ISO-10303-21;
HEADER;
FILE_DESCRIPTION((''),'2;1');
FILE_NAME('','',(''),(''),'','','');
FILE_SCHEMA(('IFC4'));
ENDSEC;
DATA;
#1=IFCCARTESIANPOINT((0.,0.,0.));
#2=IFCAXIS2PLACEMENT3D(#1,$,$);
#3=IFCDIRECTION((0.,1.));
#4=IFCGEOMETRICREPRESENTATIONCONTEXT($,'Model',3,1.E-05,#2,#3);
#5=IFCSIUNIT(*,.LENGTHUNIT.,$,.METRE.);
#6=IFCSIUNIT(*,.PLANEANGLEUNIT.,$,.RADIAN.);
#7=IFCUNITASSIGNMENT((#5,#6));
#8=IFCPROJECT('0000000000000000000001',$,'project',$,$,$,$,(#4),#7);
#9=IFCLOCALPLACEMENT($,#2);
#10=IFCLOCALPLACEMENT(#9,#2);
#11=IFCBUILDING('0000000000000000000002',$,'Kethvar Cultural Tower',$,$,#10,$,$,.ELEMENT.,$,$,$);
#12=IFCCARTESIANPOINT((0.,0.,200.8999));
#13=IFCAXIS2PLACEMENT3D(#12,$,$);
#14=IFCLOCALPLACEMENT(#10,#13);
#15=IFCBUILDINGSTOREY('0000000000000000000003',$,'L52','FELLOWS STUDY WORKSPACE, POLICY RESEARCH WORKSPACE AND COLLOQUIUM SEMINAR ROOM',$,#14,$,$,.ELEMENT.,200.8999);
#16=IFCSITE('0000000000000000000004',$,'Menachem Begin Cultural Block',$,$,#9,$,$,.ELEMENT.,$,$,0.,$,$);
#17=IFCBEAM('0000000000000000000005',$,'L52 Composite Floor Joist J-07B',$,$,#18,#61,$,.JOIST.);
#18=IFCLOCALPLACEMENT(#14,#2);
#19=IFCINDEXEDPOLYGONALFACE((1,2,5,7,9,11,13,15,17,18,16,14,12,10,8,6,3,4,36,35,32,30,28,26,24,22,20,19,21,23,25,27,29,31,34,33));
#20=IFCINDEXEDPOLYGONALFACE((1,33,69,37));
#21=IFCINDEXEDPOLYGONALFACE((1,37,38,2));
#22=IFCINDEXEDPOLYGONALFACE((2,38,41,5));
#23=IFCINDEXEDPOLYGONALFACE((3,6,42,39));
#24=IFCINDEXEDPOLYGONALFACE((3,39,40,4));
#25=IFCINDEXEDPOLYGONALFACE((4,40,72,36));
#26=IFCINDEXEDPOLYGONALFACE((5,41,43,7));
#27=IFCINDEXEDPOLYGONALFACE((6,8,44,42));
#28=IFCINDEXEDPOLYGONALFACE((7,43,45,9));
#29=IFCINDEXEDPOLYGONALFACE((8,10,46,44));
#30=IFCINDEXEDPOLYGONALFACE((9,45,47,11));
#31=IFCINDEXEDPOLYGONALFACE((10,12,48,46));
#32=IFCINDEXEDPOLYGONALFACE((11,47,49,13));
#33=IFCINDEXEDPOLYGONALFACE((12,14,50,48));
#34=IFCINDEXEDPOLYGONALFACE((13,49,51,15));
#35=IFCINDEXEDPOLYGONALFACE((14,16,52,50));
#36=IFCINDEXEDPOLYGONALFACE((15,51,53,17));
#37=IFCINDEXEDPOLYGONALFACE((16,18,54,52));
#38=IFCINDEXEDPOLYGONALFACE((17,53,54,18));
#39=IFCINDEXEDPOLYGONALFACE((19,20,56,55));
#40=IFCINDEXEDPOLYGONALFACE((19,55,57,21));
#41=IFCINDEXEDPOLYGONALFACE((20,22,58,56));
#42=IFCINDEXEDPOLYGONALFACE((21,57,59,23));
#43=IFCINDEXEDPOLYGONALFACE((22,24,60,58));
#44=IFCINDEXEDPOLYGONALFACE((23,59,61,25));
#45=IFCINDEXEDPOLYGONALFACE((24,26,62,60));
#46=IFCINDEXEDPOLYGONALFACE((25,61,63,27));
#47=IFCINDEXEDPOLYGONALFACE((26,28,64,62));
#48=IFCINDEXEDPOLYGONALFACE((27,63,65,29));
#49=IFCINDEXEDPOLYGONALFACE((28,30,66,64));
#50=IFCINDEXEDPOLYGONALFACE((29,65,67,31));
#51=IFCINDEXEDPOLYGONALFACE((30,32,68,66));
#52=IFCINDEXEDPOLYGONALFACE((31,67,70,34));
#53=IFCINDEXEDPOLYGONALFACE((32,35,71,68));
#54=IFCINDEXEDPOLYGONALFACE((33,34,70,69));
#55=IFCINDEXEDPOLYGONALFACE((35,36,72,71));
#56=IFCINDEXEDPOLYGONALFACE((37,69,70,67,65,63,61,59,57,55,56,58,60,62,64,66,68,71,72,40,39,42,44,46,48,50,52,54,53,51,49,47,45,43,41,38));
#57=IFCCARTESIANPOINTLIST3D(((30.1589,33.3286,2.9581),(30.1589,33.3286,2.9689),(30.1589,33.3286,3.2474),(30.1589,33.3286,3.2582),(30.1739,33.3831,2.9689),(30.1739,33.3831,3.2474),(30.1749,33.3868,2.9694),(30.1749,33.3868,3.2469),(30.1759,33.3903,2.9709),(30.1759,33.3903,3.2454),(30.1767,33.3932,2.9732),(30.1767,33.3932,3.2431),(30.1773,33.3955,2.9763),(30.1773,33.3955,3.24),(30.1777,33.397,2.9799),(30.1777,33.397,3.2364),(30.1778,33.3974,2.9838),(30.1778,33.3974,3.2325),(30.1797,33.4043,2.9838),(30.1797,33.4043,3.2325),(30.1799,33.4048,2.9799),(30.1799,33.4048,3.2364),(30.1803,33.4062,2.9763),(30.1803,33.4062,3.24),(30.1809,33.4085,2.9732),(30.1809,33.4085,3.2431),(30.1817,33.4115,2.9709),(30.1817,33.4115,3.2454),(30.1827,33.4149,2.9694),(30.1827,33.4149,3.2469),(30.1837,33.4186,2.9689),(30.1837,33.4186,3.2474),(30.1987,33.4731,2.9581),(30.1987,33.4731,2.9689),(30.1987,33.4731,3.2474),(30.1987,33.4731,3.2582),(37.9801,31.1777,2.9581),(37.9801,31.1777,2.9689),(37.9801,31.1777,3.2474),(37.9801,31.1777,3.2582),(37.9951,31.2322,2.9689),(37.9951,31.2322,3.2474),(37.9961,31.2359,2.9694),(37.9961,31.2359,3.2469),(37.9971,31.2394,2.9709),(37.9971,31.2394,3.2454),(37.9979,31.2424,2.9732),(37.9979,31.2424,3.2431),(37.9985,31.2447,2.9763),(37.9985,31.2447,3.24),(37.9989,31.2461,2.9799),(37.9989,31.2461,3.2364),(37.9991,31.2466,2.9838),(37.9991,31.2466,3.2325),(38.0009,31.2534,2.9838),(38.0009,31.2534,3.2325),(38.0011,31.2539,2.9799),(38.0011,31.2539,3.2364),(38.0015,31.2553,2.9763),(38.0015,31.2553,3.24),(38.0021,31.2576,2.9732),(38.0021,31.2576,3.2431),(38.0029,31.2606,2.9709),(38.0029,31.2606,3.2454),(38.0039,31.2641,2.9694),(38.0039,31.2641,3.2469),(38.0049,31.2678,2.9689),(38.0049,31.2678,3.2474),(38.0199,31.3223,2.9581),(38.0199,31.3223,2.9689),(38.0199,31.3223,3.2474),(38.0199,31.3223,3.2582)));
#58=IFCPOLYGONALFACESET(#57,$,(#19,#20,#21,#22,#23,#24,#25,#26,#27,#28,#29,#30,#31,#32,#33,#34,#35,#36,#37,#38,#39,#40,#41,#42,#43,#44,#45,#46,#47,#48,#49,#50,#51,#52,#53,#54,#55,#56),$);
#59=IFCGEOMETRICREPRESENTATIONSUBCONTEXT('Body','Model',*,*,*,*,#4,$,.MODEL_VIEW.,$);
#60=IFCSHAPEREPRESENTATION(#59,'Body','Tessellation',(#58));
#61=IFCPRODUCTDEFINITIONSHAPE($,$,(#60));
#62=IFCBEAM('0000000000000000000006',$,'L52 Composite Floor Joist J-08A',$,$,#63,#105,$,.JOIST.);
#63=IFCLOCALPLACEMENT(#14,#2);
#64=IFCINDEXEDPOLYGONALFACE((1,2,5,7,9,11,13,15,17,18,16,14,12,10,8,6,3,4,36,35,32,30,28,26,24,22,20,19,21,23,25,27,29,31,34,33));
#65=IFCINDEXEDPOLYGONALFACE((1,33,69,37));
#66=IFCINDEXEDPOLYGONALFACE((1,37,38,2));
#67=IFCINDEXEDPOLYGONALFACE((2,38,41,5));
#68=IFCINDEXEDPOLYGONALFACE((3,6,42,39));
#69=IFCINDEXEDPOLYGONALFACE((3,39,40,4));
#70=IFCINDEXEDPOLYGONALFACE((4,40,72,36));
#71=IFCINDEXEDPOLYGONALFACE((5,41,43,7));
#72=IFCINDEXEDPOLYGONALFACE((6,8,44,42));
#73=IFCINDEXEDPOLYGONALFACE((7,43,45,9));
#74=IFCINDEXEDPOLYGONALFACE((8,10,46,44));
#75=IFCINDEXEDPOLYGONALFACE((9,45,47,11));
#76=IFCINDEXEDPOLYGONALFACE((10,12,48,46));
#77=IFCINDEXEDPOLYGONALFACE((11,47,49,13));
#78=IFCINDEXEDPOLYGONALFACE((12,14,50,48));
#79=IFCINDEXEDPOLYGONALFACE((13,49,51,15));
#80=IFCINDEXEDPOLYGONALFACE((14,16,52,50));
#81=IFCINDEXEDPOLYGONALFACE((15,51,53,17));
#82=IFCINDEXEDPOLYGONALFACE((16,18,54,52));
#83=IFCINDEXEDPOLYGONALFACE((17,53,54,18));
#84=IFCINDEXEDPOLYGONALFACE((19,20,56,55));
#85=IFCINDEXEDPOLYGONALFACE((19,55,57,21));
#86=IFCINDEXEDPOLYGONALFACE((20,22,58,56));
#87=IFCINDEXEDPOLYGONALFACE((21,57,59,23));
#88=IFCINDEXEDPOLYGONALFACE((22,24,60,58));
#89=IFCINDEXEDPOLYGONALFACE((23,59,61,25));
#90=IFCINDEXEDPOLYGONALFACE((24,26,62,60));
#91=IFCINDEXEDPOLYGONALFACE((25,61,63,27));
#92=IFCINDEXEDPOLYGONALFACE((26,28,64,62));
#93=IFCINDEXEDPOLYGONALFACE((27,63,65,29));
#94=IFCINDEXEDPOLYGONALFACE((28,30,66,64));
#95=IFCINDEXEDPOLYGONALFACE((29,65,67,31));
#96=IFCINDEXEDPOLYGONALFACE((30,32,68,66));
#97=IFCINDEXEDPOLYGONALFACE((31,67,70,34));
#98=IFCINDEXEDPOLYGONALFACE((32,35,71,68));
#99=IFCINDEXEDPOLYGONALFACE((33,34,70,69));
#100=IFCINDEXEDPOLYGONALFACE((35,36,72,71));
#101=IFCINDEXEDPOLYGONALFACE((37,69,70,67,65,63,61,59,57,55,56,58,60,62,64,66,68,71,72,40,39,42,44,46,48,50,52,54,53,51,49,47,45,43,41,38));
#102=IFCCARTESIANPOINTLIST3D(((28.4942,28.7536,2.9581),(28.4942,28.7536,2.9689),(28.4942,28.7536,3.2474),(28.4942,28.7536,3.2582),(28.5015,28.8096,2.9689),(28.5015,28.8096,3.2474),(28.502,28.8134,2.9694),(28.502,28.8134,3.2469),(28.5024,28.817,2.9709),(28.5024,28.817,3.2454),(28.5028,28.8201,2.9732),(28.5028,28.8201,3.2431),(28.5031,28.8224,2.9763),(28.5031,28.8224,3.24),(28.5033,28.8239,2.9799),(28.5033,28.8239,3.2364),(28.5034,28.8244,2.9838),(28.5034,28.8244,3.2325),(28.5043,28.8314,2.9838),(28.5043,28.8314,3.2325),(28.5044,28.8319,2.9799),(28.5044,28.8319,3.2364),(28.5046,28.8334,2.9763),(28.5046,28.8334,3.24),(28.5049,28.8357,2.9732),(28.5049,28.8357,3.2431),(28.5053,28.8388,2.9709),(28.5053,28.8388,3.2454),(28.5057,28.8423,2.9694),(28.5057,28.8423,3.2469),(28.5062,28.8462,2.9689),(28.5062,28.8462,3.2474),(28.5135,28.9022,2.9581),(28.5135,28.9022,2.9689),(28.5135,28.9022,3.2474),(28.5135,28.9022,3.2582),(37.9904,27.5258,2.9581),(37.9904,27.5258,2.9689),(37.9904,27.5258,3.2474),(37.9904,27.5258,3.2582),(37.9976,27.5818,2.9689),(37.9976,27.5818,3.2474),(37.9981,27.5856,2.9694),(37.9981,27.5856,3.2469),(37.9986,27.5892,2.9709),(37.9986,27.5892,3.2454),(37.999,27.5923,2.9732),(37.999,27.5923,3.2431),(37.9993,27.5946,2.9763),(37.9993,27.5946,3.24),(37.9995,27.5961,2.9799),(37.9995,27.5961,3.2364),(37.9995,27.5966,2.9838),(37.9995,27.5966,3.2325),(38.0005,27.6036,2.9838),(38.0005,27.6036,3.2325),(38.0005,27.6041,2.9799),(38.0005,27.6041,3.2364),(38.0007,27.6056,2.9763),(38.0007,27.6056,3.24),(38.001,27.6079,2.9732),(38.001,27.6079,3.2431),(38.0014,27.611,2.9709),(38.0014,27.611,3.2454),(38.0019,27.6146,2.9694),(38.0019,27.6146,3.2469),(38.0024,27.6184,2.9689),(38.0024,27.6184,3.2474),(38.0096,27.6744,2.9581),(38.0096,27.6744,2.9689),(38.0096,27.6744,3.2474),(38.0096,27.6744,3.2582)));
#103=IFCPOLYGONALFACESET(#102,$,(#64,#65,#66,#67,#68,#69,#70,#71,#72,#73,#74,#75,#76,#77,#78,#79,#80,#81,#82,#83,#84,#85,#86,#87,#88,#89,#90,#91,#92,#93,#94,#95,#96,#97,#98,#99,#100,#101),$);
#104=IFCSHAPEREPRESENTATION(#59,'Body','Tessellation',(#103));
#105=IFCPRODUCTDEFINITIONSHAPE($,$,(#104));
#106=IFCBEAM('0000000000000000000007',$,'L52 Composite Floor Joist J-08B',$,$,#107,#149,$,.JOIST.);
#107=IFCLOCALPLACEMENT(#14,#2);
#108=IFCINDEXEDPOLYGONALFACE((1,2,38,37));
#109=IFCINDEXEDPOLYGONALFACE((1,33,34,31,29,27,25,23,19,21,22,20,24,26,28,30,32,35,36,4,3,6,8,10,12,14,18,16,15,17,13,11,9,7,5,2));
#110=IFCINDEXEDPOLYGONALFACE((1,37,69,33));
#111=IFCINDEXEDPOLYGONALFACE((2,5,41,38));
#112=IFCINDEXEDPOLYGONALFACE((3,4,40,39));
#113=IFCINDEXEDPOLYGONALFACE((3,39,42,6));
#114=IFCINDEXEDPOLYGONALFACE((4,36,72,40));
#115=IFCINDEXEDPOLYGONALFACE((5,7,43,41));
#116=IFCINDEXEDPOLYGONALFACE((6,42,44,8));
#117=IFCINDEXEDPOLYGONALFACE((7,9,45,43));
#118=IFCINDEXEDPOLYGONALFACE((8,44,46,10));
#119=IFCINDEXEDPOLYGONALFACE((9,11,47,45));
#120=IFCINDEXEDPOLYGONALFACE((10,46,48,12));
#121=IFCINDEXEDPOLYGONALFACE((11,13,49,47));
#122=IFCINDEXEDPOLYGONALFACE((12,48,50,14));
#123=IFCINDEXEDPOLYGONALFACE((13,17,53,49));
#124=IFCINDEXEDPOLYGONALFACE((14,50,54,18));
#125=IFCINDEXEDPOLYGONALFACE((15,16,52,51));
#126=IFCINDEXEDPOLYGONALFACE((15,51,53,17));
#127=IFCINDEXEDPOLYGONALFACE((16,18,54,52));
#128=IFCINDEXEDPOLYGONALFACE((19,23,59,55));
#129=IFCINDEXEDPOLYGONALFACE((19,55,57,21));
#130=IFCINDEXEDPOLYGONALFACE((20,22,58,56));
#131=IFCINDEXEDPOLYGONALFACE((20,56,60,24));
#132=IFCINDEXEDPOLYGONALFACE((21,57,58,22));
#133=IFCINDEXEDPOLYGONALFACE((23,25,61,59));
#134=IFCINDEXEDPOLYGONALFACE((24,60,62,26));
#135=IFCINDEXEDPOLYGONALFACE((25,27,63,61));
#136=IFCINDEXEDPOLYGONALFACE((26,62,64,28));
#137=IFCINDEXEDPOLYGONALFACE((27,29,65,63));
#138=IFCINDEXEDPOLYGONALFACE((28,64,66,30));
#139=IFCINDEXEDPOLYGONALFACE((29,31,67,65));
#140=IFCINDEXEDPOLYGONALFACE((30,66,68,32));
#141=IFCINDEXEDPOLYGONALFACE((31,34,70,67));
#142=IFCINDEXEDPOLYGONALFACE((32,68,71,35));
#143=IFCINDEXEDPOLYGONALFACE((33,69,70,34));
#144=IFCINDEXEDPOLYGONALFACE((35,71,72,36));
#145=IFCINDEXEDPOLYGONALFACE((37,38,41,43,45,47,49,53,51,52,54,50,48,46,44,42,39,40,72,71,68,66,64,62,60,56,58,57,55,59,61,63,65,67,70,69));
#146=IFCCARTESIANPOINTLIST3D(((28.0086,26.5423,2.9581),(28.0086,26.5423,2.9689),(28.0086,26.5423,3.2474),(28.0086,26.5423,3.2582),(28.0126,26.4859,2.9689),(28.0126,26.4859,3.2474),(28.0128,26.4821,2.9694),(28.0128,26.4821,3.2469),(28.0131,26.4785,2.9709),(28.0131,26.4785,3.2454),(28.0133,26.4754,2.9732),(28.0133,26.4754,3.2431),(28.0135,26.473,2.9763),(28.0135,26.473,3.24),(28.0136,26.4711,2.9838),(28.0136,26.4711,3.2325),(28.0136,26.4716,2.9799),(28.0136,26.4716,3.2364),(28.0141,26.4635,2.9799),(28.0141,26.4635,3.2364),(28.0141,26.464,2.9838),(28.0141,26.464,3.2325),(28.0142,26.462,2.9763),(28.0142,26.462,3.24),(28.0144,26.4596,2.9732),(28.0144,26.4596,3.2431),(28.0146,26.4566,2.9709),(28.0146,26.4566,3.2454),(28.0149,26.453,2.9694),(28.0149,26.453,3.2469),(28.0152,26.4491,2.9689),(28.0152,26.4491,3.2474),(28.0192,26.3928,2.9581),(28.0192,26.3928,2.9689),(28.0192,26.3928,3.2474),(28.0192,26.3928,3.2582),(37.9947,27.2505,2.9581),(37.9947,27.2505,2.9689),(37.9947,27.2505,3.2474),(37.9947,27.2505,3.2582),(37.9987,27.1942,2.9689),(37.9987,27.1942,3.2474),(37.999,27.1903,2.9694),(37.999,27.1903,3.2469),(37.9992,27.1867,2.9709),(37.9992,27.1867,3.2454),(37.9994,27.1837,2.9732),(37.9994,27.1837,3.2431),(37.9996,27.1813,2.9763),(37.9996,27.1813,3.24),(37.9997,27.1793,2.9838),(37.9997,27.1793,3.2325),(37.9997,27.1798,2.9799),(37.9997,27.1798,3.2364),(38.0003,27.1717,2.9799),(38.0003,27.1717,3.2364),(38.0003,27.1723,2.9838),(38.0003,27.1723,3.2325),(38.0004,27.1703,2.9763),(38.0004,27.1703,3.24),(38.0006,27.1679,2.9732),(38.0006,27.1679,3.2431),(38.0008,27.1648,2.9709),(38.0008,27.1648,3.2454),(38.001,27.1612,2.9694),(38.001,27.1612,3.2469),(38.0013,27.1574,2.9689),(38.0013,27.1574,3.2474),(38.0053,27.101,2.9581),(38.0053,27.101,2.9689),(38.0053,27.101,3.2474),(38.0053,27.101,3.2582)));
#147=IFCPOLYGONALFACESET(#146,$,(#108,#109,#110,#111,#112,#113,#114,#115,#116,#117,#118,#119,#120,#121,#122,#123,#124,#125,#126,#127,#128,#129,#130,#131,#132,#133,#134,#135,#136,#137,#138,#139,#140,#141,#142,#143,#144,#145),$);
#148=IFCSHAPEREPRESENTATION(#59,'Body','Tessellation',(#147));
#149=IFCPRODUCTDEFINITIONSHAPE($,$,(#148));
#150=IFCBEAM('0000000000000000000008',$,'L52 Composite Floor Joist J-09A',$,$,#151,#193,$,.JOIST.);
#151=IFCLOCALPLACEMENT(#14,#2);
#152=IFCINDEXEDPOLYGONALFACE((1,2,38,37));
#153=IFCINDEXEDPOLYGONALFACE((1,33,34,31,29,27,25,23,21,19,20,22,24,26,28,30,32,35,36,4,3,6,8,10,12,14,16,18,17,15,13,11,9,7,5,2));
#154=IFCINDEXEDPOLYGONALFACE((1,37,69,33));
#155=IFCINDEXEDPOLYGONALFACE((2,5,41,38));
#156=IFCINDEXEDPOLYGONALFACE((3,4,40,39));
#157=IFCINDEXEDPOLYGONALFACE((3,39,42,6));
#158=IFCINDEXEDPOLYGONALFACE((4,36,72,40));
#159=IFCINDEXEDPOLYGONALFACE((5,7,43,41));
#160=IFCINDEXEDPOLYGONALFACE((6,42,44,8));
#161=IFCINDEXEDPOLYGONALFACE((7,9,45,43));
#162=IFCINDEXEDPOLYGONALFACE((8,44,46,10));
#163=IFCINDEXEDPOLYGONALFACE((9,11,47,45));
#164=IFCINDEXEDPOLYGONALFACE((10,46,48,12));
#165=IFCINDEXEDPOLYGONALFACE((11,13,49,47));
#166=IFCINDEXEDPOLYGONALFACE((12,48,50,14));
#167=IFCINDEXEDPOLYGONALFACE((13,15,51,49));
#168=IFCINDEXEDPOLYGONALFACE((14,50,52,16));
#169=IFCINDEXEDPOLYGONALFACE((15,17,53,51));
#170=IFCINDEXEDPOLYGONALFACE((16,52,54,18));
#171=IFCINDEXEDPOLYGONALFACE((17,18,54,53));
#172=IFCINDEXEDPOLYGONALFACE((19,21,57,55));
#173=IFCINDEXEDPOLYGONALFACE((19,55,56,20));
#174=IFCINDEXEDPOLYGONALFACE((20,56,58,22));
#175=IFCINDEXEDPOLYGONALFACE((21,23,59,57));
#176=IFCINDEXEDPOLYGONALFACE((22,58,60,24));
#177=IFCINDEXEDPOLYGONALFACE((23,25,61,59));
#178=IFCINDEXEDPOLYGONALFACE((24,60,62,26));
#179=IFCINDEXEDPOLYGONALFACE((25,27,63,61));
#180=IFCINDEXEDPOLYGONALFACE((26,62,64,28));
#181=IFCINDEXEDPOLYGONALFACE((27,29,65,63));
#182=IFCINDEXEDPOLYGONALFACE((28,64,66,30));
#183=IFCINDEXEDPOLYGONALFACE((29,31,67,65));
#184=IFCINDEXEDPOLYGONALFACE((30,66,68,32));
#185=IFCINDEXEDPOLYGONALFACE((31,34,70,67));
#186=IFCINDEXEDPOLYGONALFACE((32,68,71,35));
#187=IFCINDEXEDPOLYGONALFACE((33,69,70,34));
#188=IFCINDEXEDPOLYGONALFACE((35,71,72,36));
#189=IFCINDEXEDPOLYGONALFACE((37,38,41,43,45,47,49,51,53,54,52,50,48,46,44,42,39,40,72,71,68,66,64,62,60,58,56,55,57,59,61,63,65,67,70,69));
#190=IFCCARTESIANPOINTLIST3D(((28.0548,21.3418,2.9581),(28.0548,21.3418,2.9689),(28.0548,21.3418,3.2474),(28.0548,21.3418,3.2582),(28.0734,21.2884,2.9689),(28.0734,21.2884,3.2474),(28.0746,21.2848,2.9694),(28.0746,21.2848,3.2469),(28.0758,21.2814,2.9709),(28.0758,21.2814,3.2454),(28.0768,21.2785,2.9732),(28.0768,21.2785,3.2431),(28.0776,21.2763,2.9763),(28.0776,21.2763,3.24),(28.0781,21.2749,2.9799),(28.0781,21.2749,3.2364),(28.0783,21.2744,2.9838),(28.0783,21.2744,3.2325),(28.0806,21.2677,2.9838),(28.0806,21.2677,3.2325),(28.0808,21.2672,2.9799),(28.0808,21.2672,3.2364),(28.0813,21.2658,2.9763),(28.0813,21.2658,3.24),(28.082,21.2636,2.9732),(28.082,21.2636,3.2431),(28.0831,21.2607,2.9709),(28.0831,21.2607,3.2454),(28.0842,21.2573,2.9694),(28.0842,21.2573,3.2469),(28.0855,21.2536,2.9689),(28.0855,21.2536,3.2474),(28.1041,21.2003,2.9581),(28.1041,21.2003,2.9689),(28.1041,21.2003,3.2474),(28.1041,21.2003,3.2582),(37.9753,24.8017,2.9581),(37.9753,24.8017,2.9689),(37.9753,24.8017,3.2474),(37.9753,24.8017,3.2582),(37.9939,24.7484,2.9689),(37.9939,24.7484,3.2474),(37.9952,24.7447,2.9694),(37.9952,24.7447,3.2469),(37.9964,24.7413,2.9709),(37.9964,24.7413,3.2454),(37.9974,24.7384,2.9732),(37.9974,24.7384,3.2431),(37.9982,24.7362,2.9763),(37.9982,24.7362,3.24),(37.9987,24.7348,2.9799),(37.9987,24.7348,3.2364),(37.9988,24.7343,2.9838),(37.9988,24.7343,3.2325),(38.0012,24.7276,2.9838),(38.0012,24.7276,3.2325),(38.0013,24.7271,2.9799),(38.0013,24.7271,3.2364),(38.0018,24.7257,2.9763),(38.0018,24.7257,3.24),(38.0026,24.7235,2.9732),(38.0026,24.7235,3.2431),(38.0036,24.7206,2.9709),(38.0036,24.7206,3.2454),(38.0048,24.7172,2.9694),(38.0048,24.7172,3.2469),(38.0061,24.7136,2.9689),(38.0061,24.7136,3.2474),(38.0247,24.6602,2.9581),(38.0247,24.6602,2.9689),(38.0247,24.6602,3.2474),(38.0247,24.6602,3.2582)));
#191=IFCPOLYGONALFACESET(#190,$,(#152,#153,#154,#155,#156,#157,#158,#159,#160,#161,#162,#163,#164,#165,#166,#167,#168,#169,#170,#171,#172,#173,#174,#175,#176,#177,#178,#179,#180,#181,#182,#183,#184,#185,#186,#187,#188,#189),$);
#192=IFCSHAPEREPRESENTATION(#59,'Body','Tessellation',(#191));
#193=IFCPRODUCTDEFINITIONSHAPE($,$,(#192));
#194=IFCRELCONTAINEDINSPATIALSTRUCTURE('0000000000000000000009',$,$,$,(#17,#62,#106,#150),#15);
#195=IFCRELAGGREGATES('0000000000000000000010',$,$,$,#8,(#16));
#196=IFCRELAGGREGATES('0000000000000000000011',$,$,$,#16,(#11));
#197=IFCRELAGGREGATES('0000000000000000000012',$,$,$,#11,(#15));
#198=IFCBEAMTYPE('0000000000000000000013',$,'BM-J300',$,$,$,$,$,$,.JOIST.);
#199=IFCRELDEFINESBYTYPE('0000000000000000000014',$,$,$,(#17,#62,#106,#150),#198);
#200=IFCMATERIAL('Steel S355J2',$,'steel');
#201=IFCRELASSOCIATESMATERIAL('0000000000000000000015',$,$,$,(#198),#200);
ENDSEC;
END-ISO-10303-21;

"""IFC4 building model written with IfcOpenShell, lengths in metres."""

from ifc_helpers import new_model, si_unit, direction, frame, origin, origin_2d, place, context, subcontext, project, spatial, i_section, extrude, source, transform, mapped, material, material_profile, profile_set, type_object, element, save


model = new_model("IFC4")

# Units and contexts
model_context = context("Model", 3, precision=1e-05, world=origin(), true_north=direction((0.0, 1.0)))
body_context = subcontext(model_context, "Body", "Model", "MODEL_VIEW")
ifc_project = project(units=[si_unit("LENGTHUNIT", "METRE"), si_unit("PLANEANGLEUNIT", "RADIAN")], contexts=[model_context])

# Site, building, storey
site_placement = place(None, origin())
site = spatial("IfcSite", under=ifc_project, at=site_placement, Name="Menachem Begin Cultural Block", CompositionType="ELEMENT", RefElevation=0.0)
building_placement = place(site_placement, origin())
building = spatial("IfcBuilding", under=site, at=building_placement, Name="Kethvar Cultural Tower", CompositionType="ELEMENT")
storey_placement = place(building_placement, frame((0.0, 0.0, 200.8999)))
storey = spatial("IfcBuildingStorey", under=building, at=storey_placement, Name="L52", Description="FELLOWS STUDY WORKSPACE, POLICY RESEARCH WORKSPACE AND COLLOQUIUM SEMINAR ROOM", CompositionType="ELEMENT", Elevation=200.8999)

# Beams
ifc_material_1 = material(Name="Steel S355J2", Category="steel")
ifc_material_profile_1 = material_profile(ifc_material_1, i_section(OverallWidth=0.1499, OverallDepth=0.3, WebThickness=0.0071, FlangeThickness=0.0107, FilletRadius=0.0149, at=origin_2d()), Name="Steel S355J2 — IPE300")
ifc_profile_set_1 = profile_set([ifc_material_profile_1], Name="Steel S355J2 — IPE300")
beam_type_1 = type_object("IfcBeamType", Name="BM-J300", PredefinedType="JOIST", material=ifc_profile_set_1)
shared_shape_1 = source(origin(), body_context, "Body", "SweptSolid", [
    extrude(i_section(OverallWidth=0.1499, OverallDepth=0.3, WebThickness=0.0071, FlangeThickness=0.0107, FilletRadius=0.0149, at=origin_2d()), origin(), (0.0, 0.0, 1.0), 8.1116),
])
beam_1_placement = place(storey_placement, frame((38.0, 31.25, 3.1082), z_axis=(-0.964205, 0.265159, 0.0), x_axis=(-0.265159, -0.964205, 0.0)))
element("IfcBeam", 1, at=beam_1_placement, inside=storey, type_object=beam_type_1, Name="L52 Composite Floor Joist J-07B", PredefinedType="JOIST", context=body_context, shape_type="MappedRepresentation", body=[
    mapped(shared_shape_1, transform((0.0, 0.0, 0.0), scale=1.0)),
])
shared_shape_2 = source(origin(), body_context, "Body", "SweptSolid", [
    extrude(i_section(OverallWidth=0.1499, OverallDepth=0.3, WebThickness=0.0071, FlangeThickness=0.0107, FilletRadius=0.0149, at=origin_2d()), origin(), (0.0, 0.0, 1.0), 9.5752),
])
beam_2_placement = place(storey_placement, frame((38.0, 27.6001, 3.1082), z_axis=(-0.991745, 0.128226, 0.0), x_axis=(-0.128226, -0.991745, 0.0)))
element("IfcBeam", 2, at=beam_2_placement, inside=storey, type_object=beam_type_1, Name="L52 Composite Floor Joist J-08A", PredefinedType="JOIST", context=body_context, shape_type="MappedRepresentation", body=[
    mapped(shared_shape_2, transform((0.0, 0.0, 0.0), scale=1.0)),
])
shared_shape_3 = source(origin(), body_context, "Body", "SweptSolid", [
    extrude(i_section(OverallWidth=0.1499, OverallDepth=0.3, WebThickness=0.0071, FlangeThickness=0.0107, FilletRadius=0.0149, at=origin_2d()), origin(), (0.0, 0.0, 1.0), 10.0112),
])
beam_3_placement = place(storey_placement, frame((38.0, 27.1758, 3.1082), z_axis=(-0.997494, -0.070746, 0.0), x_axis=(0.070746, -0.997494, 0.0)))
element("IfcBeam", 3, at=beam_3_placement, inside=storey, type_object=beam_type_1, Name="L52 Composite Floor Joist J-08B", PredefinedType="JOIST", context=body_context, shape_type="MappedRepresentation", body=[
    mapped(shared_shape_3, transform((0.0, 0.0, 0.0), scale=1.0)),
])
shared_shape_4 = source(origin(), body_context, "Body", "SweptSolid", [
    extrude(i_section(OverallWidth=0.1499, OverallDepth=0.3, WebThickness=0.0071, FlangeThickness=0.0107, FilletRadius=0.0149, at=origin_2d()), origin(), (0.0, 0.0, 1.0), 10.5066),
])
beam_4_placement = place(storey_placement, frame((38.0, 24.731, 3.1082), z_axis=(-0.944222, -0.32931, 0.0), x_axis=(0.32931, -0.944222, 0.0)))
element("IfcBeam", 4, at=beam_4_placement, inside=storey, type_object=beam_type_1, Name="L52 Composite Floor Joist J-09A", PredefinedType="JOIST", context=body_context, shape_type="MappedRepresentation", body=[
    mapped(shared_shape_4, transform((0.0, 0.0, 0.0), scale=1.0)),
])

save(model, "model.ifc")
